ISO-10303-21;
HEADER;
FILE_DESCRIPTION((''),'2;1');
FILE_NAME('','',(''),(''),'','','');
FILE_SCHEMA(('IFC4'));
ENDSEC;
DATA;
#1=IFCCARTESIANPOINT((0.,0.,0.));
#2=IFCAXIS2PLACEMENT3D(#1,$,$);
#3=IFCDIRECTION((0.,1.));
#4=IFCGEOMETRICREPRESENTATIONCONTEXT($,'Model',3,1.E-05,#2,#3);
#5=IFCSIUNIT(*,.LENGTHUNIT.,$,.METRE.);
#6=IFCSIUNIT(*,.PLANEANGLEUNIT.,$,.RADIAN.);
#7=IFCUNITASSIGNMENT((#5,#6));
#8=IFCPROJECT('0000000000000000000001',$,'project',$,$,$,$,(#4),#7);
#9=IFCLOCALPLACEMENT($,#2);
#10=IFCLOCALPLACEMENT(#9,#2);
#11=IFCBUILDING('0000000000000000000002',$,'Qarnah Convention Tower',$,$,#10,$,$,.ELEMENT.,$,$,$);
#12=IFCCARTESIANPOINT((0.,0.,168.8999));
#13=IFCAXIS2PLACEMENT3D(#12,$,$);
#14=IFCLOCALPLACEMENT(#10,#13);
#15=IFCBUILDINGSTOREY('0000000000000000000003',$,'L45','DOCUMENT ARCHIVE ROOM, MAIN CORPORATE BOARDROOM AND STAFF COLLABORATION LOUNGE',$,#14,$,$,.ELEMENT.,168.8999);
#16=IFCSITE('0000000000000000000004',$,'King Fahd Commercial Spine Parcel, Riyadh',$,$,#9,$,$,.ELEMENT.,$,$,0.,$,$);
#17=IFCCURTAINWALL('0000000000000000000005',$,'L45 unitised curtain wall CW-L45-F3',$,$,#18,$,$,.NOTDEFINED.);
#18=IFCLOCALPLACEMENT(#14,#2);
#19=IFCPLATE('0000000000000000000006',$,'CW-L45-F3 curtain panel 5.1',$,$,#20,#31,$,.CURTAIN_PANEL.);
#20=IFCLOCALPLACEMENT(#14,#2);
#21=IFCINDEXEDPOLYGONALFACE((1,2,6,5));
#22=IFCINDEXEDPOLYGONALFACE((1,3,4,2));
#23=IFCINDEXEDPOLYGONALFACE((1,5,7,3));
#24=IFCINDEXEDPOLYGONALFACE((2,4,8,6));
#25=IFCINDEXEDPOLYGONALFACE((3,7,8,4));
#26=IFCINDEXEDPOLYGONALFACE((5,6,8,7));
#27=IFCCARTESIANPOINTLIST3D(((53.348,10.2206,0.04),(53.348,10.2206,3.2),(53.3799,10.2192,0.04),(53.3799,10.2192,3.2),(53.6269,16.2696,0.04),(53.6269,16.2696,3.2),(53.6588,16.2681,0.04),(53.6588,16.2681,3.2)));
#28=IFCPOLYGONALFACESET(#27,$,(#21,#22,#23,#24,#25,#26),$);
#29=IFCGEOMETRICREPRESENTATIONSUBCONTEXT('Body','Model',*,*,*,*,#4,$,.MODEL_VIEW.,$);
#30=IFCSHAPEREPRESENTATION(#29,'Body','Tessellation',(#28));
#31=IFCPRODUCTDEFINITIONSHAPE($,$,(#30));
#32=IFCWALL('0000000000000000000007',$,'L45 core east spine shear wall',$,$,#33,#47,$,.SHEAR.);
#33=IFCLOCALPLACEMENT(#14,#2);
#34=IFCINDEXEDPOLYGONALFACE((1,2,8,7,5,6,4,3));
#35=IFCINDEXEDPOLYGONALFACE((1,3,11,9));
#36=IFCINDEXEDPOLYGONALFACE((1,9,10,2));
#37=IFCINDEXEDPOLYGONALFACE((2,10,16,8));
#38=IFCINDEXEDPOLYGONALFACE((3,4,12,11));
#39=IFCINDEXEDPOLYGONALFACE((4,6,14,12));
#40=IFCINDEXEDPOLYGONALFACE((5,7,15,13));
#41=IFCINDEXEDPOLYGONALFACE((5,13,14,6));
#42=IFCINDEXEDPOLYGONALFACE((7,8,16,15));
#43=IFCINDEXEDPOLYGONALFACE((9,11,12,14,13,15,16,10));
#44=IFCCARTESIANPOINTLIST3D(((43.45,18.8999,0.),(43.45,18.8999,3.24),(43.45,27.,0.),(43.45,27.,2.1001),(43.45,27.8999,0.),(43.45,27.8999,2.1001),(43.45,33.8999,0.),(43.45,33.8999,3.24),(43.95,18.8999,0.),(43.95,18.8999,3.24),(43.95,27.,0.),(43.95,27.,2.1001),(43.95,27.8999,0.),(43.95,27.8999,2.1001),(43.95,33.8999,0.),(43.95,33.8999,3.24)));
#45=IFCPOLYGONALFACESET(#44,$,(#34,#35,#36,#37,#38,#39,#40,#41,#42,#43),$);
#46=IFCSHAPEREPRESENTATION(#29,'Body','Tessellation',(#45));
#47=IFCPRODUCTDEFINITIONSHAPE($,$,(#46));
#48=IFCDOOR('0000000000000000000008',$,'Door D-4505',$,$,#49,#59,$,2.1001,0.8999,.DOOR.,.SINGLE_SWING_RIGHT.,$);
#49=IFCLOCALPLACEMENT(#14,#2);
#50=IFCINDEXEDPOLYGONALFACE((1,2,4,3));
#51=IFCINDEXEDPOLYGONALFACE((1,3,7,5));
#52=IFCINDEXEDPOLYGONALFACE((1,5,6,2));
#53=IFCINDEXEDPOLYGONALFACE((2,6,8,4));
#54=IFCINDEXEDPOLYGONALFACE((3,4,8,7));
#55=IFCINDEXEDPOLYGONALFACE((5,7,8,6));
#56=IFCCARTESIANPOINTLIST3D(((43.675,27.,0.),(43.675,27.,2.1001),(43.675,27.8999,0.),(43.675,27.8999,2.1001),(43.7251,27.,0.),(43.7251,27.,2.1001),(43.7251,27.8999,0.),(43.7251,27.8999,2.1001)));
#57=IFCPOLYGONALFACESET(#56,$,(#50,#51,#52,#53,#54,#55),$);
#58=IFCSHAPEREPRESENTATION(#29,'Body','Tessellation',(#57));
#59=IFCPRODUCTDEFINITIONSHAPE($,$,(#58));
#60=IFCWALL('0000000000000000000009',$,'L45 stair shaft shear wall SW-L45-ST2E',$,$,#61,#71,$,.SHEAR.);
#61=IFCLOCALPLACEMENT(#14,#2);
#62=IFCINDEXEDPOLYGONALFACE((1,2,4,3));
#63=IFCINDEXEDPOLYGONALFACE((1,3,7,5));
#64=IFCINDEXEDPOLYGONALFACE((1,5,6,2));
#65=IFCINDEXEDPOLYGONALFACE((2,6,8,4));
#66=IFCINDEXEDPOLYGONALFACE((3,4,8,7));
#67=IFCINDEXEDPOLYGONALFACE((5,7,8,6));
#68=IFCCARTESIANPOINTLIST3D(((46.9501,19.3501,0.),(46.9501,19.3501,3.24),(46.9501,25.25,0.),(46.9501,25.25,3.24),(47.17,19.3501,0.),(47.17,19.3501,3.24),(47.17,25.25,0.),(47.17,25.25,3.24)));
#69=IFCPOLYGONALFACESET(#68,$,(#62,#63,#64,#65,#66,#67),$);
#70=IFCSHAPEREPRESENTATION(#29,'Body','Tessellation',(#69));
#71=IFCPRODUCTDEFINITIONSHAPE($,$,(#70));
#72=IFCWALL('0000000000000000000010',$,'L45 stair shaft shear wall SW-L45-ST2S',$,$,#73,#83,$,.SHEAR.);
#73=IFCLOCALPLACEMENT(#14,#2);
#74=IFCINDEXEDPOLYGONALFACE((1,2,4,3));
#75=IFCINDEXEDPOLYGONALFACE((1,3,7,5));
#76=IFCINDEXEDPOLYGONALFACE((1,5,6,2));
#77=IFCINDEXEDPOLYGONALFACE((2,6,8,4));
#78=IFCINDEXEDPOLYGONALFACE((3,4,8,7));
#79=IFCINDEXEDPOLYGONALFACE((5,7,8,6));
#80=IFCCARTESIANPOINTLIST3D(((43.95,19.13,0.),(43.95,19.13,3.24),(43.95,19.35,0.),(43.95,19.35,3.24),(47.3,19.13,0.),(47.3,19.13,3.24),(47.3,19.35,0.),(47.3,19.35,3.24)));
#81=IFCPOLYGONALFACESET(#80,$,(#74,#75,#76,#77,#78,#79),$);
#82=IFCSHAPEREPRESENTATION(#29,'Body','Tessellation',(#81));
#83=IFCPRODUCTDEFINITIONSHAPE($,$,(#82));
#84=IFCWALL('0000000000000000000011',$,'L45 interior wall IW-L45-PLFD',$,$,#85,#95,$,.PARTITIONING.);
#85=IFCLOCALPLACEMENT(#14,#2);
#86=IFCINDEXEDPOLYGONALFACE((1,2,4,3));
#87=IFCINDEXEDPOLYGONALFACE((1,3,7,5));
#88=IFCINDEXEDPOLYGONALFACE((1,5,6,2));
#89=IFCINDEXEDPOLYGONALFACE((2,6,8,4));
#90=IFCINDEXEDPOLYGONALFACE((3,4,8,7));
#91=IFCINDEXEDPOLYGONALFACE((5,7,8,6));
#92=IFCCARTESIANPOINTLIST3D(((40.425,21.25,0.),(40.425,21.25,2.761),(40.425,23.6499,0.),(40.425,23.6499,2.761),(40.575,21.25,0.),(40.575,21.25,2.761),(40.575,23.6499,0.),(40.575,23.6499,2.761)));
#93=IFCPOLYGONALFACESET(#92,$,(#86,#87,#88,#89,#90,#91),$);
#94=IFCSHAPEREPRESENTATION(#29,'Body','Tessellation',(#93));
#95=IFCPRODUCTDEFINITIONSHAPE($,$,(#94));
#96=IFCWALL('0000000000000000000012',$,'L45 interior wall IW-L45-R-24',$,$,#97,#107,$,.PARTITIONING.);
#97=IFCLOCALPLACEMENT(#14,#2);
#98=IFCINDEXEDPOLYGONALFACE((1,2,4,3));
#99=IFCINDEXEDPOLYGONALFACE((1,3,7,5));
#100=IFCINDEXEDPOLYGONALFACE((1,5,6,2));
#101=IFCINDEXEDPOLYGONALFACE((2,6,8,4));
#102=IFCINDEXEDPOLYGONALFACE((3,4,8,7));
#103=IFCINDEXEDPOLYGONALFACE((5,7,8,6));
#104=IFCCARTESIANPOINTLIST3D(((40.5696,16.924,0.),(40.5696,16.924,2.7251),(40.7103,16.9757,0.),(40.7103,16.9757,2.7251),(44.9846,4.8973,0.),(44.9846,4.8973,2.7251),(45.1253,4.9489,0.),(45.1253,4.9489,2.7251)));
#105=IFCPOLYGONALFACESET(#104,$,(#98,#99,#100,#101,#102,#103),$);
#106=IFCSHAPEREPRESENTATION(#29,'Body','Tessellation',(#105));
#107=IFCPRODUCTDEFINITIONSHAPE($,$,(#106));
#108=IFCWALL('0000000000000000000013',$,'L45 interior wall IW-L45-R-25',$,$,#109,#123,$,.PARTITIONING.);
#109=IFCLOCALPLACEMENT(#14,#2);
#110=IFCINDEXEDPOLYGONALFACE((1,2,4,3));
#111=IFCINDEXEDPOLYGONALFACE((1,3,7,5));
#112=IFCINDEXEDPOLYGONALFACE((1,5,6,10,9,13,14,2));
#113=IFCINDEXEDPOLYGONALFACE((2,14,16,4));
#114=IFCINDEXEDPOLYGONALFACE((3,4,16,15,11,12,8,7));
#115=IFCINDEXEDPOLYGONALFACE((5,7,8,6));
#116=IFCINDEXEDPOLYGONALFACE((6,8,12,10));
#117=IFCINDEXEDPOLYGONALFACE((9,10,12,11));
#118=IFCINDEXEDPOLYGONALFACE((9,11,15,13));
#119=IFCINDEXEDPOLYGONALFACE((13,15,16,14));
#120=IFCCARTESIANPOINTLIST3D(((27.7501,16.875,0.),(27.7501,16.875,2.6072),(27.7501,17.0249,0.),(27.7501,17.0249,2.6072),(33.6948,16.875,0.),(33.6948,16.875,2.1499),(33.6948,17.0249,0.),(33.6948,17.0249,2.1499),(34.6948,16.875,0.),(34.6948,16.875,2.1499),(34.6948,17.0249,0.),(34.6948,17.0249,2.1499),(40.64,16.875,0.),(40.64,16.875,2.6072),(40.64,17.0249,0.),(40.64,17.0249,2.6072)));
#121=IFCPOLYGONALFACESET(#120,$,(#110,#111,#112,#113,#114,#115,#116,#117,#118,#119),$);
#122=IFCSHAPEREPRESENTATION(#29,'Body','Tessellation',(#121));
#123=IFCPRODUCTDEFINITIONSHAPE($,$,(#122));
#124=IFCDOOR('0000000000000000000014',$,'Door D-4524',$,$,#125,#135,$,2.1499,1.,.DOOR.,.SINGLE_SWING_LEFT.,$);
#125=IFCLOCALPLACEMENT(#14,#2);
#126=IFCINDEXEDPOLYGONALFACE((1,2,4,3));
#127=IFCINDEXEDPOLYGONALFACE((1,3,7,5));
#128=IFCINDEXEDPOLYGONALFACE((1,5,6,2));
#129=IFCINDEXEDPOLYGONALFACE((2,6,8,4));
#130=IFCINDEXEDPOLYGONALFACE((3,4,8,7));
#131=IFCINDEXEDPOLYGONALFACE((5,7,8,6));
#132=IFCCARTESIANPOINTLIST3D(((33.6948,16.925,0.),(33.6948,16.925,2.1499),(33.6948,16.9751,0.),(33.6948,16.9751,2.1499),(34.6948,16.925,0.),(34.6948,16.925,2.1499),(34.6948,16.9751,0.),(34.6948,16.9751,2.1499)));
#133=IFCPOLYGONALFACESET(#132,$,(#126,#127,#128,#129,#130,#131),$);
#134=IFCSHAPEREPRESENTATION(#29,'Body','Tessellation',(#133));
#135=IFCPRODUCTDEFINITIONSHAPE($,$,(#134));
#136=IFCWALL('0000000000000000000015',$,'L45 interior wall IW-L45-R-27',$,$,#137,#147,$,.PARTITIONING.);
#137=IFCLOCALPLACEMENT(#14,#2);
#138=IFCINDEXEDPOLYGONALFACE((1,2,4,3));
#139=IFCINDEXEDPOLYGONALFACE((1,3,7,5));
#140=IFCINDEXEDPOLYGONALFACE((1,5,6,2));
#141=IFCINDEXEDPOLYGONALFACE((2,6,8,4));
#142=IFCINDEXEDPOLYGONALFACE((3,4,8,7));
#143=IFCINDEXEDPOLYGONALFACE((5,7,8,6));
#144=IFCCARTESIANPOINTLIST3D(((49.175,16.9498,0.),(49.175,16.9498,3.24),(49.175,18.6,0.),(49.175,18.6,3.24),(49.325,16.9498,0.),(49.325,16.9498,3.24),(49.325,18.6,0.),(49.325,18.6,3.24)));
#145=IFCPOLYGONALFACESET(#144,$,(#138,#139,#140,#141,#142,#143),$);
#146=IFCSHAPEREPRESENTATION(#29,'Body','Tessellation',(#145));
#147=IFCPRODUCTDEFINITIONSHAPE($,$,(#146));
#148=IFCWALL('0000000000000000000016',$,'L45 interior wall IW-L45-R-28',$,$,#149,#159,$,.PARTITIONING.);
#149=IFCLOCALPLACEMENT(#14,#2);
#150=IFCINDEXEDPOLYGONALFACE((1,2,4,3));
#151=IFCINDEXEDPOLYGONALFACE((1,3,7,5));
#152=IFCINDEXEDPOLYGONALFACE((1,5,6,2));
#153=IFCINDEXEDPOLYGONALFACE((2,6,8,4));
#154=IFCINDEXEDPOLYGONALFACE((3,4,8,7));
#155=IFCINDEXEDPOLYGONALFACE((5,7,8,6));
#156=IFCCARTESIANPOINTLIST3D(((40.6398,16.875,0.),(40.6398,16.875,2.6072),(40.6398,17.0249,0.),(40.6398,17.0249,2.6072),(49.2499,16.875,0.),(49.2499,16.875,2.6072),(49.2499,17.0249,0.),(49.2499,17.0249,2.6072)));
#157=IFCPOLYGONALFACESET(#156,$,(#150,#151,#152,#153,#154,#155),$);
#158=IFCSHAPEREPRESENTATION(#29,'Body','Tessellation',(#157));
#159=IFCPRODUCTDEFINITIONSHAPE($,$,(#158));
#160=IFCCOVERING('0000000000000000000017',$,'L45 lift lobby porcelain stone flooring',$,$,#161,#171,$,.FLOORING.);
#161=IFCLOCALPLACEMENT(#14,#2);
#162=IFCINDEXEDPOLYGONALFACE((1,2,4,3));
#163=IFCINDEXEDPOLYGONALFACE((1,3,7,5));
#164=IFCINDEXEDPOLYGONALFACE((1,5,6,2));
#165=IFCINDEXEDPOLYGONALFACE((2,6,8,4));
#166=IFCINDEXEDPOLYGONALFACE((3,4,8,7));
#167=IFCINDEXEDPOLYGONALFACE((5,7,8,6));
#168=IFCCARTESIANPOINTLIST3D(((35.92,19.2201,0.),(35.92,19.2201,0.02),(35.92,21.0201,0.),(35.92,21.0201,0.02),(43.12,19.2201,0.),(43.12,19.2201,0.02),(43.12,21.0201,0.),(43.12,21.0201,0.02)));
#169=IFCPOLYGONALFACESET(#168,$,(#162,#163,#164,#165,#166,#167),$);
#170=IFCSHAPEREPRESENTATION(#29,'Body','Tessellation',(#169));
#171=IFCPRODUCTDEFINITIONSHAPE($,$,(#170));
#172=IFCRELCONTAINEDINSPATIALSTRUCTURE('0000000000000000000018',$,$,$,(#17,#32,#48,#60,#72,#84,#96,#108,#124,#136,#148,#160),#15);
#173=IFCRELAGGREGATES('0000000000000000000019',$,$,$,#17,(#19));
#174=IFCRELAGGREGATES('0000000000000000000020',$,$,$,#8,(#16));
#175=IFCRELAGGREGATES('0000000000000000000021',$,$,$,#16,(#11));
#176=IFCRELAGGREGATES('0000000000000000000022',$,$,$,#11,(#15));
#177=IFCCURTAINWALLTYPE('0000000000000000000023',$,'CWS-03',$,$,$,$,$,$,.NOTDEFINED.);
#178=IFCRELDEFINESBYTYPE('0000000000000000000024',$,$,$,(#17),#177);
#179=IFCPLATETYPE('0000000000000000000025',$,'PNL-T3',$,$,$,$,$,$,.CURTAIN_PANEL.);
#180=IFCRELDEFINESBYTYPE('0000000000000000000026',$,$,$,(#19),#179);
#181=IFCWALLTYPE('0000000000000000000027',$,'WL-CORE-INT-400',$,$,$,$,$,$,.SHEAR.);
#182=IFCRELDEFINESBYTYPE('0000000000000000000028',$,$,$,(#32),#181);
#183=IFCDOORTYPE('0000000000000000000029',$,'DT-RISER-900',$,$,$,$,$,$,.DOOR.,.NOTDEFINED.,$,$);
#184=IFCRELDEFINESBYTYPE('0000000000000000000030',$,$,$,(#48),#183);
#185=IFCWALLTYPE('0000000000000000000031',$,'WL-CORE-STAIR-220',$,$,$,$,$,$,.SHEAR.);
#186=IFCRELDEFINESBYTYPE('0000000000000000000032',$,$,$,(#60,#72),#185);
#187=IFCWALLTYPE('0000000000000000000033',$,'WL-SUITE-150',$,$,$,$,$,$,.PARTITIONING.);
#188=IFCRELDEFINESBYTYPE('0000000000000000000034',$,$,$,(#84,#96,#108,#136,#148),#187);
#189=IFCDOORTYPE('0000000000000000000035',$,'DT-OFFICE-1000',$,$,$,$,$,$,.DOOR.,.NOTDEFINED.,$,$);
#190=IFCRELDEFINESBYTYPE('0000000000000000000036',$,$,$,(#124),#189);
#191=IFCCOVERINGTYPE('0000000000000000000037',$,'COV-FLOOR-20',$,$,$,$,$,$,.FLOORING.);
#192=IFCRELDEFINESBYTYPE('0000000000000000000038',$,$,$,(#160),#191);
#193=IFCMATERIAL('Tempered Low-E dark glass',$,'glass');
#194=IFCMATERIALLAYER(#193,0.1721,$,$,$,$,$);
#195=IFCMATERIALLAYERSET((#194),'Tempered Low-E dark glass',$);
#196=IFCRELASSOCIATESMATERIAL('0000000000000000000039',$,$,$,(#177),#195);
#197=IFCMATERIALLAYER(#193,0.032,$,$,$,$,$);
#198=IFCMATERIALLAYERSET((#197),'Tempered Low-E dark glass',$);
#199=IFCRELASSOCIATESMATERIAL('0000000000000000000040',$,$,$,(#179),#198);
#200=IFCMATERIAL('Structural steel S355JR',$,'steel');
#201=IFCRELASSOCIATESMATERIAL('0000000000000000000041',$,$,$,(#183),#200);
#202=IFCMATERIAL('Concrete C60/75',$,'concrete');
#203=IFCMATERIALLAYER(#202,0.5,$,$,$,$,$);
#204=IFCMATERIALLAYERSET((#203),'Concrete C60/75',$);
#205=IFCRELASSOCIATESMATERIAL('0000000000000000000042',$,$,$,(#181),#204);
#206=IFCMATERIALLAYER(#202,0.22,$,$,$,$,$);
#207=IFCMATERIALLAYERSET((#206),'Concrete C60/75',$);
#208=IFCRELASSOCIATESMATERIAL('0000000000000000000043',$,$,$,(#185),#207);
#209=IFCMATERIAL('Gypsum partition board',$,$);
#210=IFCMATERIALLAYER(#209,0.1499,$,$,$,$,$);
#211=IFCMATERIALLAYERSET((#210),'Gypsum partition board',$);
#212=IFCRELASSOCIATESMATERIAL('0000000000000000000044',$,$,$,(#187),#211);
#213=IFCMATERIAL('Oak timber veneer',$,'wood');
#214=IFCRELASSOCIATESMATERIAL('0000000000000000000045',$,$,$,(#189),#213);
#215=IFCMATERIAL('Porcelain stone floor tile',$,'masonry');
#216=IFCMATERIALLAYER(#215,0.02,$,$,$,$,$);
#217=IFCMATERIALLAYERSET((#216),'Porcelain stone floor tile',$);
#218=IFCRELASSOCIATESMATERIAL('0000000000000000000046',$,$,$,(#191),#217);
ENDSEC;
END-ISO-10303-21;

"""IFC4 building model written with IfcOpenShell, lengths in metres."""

from ifc_helpers import new_model, si_unit, direction, frame, frame_2d, origin, origin_2d, place, context, subcontext, project, spatial, rectangle, extrude, material, layer, layer_set, type_object, element, fill, aggregate, save


model = new_model("IFC4")

# Units and contexts
model_context = context("Model", 3, precision=1e-05, world=origin(), true_north=direction((0.0, 1.0)))
body_context = subcontext(model_context, "Body", "Model", "MODEL_VIEW")
ifc_project = project(units=[si_unit("LENGTHUNIT", "METRE"), si_unit("PLANEANGLEUNIT", "RADIAN")], contexts=[model_context])

# Site, building, storey
site_placement = place(None, origin())
site = spatial("IfcSite", under=ifc_project, at=site_placement, Name="King Fahd Commercial Spine Parcel, Riyadh", CompositionType="ELEMENT", RefElevation=0.0)
building_placement = place(site_placement, origin())
building = spatial("IfcBuilding", under=site, at=building_placement, Name="Qarnah Convention Tower", CompositionType="ELEMENT")
storey_placement = place(building_placement, frame((0.0, 0.0, 168.8999)))
storey = spatial("IfcBuildingStorey", under=building, at=storey_placement, Name="L45", Description="DOCUMENT ARCHIVE ROOM, MAIN CORPORATE BOARDROOM AND STAFF COLLABORATION LOUNGE", CompositionType="ELEMENT", Elevation=168.8999)

# Shared definitions
ifc_material_1 = material(Name="Concrete C60/75", Category="concrete")

# Shared definitions
ifc_material_2 = material(Name="Structural steel S355JR", Category="steel")

# Shared definitions
ifc_material_3 = material(Name="Tempered Low-E dark glass", Category="glass")
ifc_layer_1 = layer(ifc_material_3, 0.1721)
ifc_layer_set_1 = layer_set([ifc_layer_1], Name="Tempered Low-E dark glass")
curtain_wall_type = type_object("IfcCurtainWallType", Name="CWS-03", PredefinedType="NOTDEFINED", material=ifc_layer_set_1)

# Curtain wall
curtain_wall_1_placement = place(storey_placement, origin())
curtain_wall_1 = element("IfcCurtainWall", 1, at=curtain_wall_1_placement, inside=storey, type_object=curtain_wall_type, Name="L45 unitised curtain wall CW-L45-F3", PredefinedType="NOTDEFINED")

# Plate
ifc_layer_2 = layer(ifc_material_3, 0.032)
ifc_layer_set_2 = layer_set([ifc_layer_2], Name="Tempered Low-E dark glass")
plate_type = type_object("IfcPlateType", Name="PNL-T3", PredefinedType="CURTAIN_PANEL", material=ifc_layer_set_2)
plate_1_placement = place(storey_placement, frame((53.5034, 13.2444, 0.04), z_axis=(0.0, 0.0, 1.0), x_axis=(-0.04606, -0.998939, 0.0)))
plate_1 = element("IfcPlate", 2, at=plate_1_placement, type_object=plate_type, Name="CW-L45-F3 curtain panel 5.1", PredefinedType="CURTAIN_PANEL", context=body_context, shape_type="SweptSolid", body=[
    extrude(rectangle(XDim=6.0554, YDim=0.032, at=origin_2d()), origin(), (0.0, 0.0, 1.0), 3.1599),
])
aggregate(curtain_wall_1, [plate_1])

# Shared definitions
door_type_1 = type_object("IfcDoorType", Name="DT-RISER-900", OperationType="NOTDEFINED", PredefinedType="DOOR", material=ifc_material_2)

# Wall, opening, door
ifc_layer_3 = layer(ifc_material_1, 0.5)
ifc_layer_set_3 = layer_set([ifc_layer_3], Name="Concrete C60/75")
wall_type_1 = type_object("IfcWallType", Name="WL-CORE-INT-400", PredefinedType="SHEAR", material=ifc_layer_set_3)
wall_1_placement = place(storey_placement, frame((43.7, 18.8999, 0.0), z_axis=(0.0, 0.0, 1.0), x_axis=(0.0, 1.0, 0.0)))
wall_1 = element("IfcWall", 3, at=wall_1_placement, inside=storey, type_object=wall_type_1, Name="L45 core east spine shear wall", PredefinedType="SHEAR", context=body_context, shape_type="SweptSolid", body=[
    extrude(rectangle(XDim=15.0, YDim=0.5, at=frame_2d((7.5, 0.0))), origin(), (0.0, 0.0, 1.0), 3.24),
])
opening_1_placement = place(wall_1_placement, frame((8.1001, 0.0, 0.0)))
opening_1 = element("IfcOpeningElement", 4, at=opening_1_placement, cuts=wall_1, PredefinedType="OPENING", context=body_context, shape_type="SweptSolid", body=[
    extrude(rectangle(XDim=0.8999, YDim=2.1001, at=frame_2d((0.45, 1.05))), frame((0.0, 0.26, 0.0), z_axis=(0.0, -1.0, 0.0), x_axis=(1.0, 0.0, 0.0)), (0.0, 0.0, 1.0), 0.52),
])
door_1_placement = place(opening_1_placement, origin())
door_1 = element("IfcDoor", 5, at=door_1_placement, inside=storey, type_object=door_type_1, Name="Door D-4505", OperationType="SINGLE_SWING_RIGHT", OverallHeight=2.1001, OverallWidth=0.8999, PredefinedType="DOOR", context=body_context, shape_type="SweptSolid", body=[
    extrude(rectangle(XDim=0.8999, YDim=2.1001, at=frame_2d((0.45, 1.05))), frame((0.0, 0.0249, 0.0), z_axis=(0.0, -1.0, 0.0), x_axis=(1.0, 0.0, 0.0)), (0.0, 0.0, 1.0), 0.05),
])
fill(opening_1, door_1)

# Walls
ifc_layer_4 = layer(ifc_material_1, 0.22)
ifc_layer_set_4 = layer_set([ifc_layer_4], Name="Concrete C60/75")
wall_type_2 = type_object("IfcWallType", Name="WL-CORE-STAIR-220", PredefinedType="SHEAR", material=ifc_layer_set_4)
wall_2_placement = place(storey_placement, frame((47.0601, 19.3501, 0.0), z_axis=(0.0, 0.0, 1.0), x_axis=(0.0, 1.0, 0.0)))
element("IfcWall", 6, at=wall_2_placement, inside=storey, type_object=wall_type_2, Name="L45 stair shaft shear wall SW-L45-ST2E", PredefinedType="SHEAR", context=body_context, shape_type="SweptSolid", body=[
    extrude(rectangle(XDim=5.8999, YDim=0.22, at=frame_2d((2.95, 0.0))), origin(), (0.0, 0.0, 1.0), 3.24),
])
wall_3_placement = place(storey_placement, frame((43.95, 19.24, 0.0), z_axis=(0.0, 0.0, 1.0), x_axis=(1.0, 0.0, 0.0)))
element("IfcWall", 7, at=wall_3_placement, inside=storey, type_object=wall_type_2, Name="L45 stair shaft shear wall SW-L45-ST2S", PredefinedType="SHEAR", context=body_context, shape_type="SweptSolid", body=[
    extrude(rectangle(XDim=3.3501, YDim=0.22, at=frame_2d((1.675, 0.0))), origin(), (0.0, 0.0, 1.0), 3.24),
])

# Walls
ifc_material_4 = material(Name="Gypsum partition board")
ifc_layer_5 = layer(ifc_material_4, 0.1499)
ifc_layer_set_5 = layer_set([ifc_layer_5], Name="Gypsum partition board")
wall_type_3 = type_object("IfcWallType", Name="WL-SUITE-150", PredefinedType="PARTITIONING", material=ifc_layer_set_5)
wall_4_placement = place(storey_placement, frame((40.5, 21.25, 0.0), z_axis=(0.0, 0.0, 1.0), x_axis=(0.0, 1.0, 0.0)))
element("IfcWall", 8, at=wall_4_placement, inside=storey, type_object=wall_type_3, Name="L45 interior wall IW-L45-PLFD", PredefinedType="PARTITIONING", context=body_context, shape_type="SweptSolid", body=[
    extrude(rectangle(XDim=2.3999, YDim=0.1499, at=frame_2d((1.2, 0.0))), origin(), (0.0, 0.0, 1.0), 2.761),
])
wall_5_placement = place(storey_placement, frame((45.0549, 4.9231, 0.0), z_axis=(0.0, 0.0, 1.0), x_axis=(-0.344612, 0.938745, 0.0)))
element("IfcWall", 9, at=wall_5_placement, inside=storey, type_object=wall_type_3, Name="L45 interior wall IW-L45-R-24", PredefinedType="PARTITIONING", context=body_context, shape_type="SweptSolid", body=[
    extrude(rectangle(XDim=12.8115, YDim=0.1499, at=frame_2d((6.4058, 0.0))), origin(), (0.0, 0.0, 1.0), 2.7251),
])

# Wall, opening, door
wall_6_placement = place(storey_placement, frame((40.6399, 16.95, 0.0), z_axis=(0.0, 0.0, 1.0), x_axis=(-1.0, 0.0, 0.0)))
wall_6 = element("IfcWall", 10, at=wall_6_placement, inside=storey, type_object=wall_type_3, Name="L45 interior wall IW-L45-R-25", PredefinedType="PARTITIONING", context=body_context, shape_type="SweptSolid", body=[
    extrude(rectangle(XDim=12.8899, YDim=0.1499, at=frame_2d((6.4448, 0.0))), origin(), (0.0, 0.0, 1.0), 2.6072),
])
opening_2_placement = place(wall_6_placement, frame((5.9451, 0.0, 0.0)))
opening_2 = element("IfcOpeningElement", 11, at=opening_2_placement, cuts=wall_6, PredefinedType="OPENING", context=body_context, shape_type="SweptSolid", body=[
    extrude(rectangle(XDim=1.0, YDim=2.1499, at=frame_2d((0.5, 1.075))), frame((0.0, 0.085, 0.0), z_axis=(0.0, -1.0, 0.0), x_axis=(1.0, 0.0, 0.0)), (0.0, 0.0, 1.0), 0.1699),
])
ifc_material_5 = material(Name="Oak timber veneer", Category="wood")
door_type_2 = type_object("IfcDoorType", Name="DT-OFFICE-1000", OperationType="NOTDEFINED", PredefinedType="DOOR", material=ifc_material_5)
door_2_placement = place(opening_2_placement, origin())
door_2 = element("IfcDoor", 12, at=door_2_placement, inside=storey, type_object=door_type_2, Name="Door D-4524", OperationType="SINGLE_SWING_LEFT", OverallHeight=2.1499, OverallWidth=1.0, PredefinedType="DOOR", context=body_context, shape_type="SweptSolid", body=[
    extrude(rectangle(XDim=1.0, YDim=2.1499, at=frame_2d((0.5, 1.075))), frame((0.0, 0.0249, 0.0), z_axis=(0.0, -1.0, 0.0), x_axis=(1.0, 0.0, 0.0)), (0.0, 0.0, 1.0), 0.05),
])
fill(opening_2, door_2)

# Walls
wall_7_placement = place(storey_placement, frame((49.25, 18.6001, 0.0), z_axis=(0.0, 0.0, 1.0), x_axis=(0.0, -1.0, 0.0)))
element("IfcWall", 13, at=wall_7_placement, inside=storey, type_object=wall_type_3, Name="L45 interior wall IW-L45-R-27", PredefinedType="PARTITIONING", context=body_context, shape_type="SweptSolid", body=[
    extrude(rectangle(XDim=1.6501, YDim=0.1499, at=frame_2d((0.8252, 0.0))), origin(), (0.0, 0.0, 1.0), 3.24),
])
wall_8_placement = place(storey_placement, frame((49.25, 16.95, 0.0), z_axis=(0.0, 0.0, 1.0), x_axis=(-1.0, 0.0, 0.0)))
element("IfcWall", 14, at=wall_8_placement, inside=storey, type_object=wall_type_3, Name="L45 interior wall IW-L45-R-28", PredefinedType="PARTITIONING", context=body_context, shape_type="SweptSolid", body=[
    extrude(rectangle(XDim=8.6101, YDim=0.1499, at=frame_2d((4.3052, 0.0))), origin(), (0.0, 0.0, 1.0), 2.6072),
])

# Covering
ifc_material_6 = material(Name="Porcelain stone floor tile", Category="masonry")
ifc_layer_6 = layer(ifc_material_6, 0.02)
ifc_layer_set_6 = layer_set([ifc_layer_6], Name="Porcelain stone floor tile")
covering_type = type_object("IfcCoveringType", Name="COV-FLOOR-20", PredefinedType="FLOORING", material=ifc_layer_set_6)
covering_placement = place(storey_placement, frame((39.52, 20.1201, 0.0), z_axis=(0.0, 0.0, 1.0), x_axis=(1.0, 0.0, 0.0)))
element("IfcCovering", 15, at=covering_placement, inside=storey, type_object=covering_type, Name="L45 lift lobby porcelain stone flooring", PredefinedType="FLOORING", context=body_context, shape_type="SweptSolid", body=[
    extrude(rectangle(XDim=7.2, YDim=1.8, at=origin_2d()), origin(), (0.0, 0.0, 1.0), 0.02),
])

save(model, "model.ifc")
